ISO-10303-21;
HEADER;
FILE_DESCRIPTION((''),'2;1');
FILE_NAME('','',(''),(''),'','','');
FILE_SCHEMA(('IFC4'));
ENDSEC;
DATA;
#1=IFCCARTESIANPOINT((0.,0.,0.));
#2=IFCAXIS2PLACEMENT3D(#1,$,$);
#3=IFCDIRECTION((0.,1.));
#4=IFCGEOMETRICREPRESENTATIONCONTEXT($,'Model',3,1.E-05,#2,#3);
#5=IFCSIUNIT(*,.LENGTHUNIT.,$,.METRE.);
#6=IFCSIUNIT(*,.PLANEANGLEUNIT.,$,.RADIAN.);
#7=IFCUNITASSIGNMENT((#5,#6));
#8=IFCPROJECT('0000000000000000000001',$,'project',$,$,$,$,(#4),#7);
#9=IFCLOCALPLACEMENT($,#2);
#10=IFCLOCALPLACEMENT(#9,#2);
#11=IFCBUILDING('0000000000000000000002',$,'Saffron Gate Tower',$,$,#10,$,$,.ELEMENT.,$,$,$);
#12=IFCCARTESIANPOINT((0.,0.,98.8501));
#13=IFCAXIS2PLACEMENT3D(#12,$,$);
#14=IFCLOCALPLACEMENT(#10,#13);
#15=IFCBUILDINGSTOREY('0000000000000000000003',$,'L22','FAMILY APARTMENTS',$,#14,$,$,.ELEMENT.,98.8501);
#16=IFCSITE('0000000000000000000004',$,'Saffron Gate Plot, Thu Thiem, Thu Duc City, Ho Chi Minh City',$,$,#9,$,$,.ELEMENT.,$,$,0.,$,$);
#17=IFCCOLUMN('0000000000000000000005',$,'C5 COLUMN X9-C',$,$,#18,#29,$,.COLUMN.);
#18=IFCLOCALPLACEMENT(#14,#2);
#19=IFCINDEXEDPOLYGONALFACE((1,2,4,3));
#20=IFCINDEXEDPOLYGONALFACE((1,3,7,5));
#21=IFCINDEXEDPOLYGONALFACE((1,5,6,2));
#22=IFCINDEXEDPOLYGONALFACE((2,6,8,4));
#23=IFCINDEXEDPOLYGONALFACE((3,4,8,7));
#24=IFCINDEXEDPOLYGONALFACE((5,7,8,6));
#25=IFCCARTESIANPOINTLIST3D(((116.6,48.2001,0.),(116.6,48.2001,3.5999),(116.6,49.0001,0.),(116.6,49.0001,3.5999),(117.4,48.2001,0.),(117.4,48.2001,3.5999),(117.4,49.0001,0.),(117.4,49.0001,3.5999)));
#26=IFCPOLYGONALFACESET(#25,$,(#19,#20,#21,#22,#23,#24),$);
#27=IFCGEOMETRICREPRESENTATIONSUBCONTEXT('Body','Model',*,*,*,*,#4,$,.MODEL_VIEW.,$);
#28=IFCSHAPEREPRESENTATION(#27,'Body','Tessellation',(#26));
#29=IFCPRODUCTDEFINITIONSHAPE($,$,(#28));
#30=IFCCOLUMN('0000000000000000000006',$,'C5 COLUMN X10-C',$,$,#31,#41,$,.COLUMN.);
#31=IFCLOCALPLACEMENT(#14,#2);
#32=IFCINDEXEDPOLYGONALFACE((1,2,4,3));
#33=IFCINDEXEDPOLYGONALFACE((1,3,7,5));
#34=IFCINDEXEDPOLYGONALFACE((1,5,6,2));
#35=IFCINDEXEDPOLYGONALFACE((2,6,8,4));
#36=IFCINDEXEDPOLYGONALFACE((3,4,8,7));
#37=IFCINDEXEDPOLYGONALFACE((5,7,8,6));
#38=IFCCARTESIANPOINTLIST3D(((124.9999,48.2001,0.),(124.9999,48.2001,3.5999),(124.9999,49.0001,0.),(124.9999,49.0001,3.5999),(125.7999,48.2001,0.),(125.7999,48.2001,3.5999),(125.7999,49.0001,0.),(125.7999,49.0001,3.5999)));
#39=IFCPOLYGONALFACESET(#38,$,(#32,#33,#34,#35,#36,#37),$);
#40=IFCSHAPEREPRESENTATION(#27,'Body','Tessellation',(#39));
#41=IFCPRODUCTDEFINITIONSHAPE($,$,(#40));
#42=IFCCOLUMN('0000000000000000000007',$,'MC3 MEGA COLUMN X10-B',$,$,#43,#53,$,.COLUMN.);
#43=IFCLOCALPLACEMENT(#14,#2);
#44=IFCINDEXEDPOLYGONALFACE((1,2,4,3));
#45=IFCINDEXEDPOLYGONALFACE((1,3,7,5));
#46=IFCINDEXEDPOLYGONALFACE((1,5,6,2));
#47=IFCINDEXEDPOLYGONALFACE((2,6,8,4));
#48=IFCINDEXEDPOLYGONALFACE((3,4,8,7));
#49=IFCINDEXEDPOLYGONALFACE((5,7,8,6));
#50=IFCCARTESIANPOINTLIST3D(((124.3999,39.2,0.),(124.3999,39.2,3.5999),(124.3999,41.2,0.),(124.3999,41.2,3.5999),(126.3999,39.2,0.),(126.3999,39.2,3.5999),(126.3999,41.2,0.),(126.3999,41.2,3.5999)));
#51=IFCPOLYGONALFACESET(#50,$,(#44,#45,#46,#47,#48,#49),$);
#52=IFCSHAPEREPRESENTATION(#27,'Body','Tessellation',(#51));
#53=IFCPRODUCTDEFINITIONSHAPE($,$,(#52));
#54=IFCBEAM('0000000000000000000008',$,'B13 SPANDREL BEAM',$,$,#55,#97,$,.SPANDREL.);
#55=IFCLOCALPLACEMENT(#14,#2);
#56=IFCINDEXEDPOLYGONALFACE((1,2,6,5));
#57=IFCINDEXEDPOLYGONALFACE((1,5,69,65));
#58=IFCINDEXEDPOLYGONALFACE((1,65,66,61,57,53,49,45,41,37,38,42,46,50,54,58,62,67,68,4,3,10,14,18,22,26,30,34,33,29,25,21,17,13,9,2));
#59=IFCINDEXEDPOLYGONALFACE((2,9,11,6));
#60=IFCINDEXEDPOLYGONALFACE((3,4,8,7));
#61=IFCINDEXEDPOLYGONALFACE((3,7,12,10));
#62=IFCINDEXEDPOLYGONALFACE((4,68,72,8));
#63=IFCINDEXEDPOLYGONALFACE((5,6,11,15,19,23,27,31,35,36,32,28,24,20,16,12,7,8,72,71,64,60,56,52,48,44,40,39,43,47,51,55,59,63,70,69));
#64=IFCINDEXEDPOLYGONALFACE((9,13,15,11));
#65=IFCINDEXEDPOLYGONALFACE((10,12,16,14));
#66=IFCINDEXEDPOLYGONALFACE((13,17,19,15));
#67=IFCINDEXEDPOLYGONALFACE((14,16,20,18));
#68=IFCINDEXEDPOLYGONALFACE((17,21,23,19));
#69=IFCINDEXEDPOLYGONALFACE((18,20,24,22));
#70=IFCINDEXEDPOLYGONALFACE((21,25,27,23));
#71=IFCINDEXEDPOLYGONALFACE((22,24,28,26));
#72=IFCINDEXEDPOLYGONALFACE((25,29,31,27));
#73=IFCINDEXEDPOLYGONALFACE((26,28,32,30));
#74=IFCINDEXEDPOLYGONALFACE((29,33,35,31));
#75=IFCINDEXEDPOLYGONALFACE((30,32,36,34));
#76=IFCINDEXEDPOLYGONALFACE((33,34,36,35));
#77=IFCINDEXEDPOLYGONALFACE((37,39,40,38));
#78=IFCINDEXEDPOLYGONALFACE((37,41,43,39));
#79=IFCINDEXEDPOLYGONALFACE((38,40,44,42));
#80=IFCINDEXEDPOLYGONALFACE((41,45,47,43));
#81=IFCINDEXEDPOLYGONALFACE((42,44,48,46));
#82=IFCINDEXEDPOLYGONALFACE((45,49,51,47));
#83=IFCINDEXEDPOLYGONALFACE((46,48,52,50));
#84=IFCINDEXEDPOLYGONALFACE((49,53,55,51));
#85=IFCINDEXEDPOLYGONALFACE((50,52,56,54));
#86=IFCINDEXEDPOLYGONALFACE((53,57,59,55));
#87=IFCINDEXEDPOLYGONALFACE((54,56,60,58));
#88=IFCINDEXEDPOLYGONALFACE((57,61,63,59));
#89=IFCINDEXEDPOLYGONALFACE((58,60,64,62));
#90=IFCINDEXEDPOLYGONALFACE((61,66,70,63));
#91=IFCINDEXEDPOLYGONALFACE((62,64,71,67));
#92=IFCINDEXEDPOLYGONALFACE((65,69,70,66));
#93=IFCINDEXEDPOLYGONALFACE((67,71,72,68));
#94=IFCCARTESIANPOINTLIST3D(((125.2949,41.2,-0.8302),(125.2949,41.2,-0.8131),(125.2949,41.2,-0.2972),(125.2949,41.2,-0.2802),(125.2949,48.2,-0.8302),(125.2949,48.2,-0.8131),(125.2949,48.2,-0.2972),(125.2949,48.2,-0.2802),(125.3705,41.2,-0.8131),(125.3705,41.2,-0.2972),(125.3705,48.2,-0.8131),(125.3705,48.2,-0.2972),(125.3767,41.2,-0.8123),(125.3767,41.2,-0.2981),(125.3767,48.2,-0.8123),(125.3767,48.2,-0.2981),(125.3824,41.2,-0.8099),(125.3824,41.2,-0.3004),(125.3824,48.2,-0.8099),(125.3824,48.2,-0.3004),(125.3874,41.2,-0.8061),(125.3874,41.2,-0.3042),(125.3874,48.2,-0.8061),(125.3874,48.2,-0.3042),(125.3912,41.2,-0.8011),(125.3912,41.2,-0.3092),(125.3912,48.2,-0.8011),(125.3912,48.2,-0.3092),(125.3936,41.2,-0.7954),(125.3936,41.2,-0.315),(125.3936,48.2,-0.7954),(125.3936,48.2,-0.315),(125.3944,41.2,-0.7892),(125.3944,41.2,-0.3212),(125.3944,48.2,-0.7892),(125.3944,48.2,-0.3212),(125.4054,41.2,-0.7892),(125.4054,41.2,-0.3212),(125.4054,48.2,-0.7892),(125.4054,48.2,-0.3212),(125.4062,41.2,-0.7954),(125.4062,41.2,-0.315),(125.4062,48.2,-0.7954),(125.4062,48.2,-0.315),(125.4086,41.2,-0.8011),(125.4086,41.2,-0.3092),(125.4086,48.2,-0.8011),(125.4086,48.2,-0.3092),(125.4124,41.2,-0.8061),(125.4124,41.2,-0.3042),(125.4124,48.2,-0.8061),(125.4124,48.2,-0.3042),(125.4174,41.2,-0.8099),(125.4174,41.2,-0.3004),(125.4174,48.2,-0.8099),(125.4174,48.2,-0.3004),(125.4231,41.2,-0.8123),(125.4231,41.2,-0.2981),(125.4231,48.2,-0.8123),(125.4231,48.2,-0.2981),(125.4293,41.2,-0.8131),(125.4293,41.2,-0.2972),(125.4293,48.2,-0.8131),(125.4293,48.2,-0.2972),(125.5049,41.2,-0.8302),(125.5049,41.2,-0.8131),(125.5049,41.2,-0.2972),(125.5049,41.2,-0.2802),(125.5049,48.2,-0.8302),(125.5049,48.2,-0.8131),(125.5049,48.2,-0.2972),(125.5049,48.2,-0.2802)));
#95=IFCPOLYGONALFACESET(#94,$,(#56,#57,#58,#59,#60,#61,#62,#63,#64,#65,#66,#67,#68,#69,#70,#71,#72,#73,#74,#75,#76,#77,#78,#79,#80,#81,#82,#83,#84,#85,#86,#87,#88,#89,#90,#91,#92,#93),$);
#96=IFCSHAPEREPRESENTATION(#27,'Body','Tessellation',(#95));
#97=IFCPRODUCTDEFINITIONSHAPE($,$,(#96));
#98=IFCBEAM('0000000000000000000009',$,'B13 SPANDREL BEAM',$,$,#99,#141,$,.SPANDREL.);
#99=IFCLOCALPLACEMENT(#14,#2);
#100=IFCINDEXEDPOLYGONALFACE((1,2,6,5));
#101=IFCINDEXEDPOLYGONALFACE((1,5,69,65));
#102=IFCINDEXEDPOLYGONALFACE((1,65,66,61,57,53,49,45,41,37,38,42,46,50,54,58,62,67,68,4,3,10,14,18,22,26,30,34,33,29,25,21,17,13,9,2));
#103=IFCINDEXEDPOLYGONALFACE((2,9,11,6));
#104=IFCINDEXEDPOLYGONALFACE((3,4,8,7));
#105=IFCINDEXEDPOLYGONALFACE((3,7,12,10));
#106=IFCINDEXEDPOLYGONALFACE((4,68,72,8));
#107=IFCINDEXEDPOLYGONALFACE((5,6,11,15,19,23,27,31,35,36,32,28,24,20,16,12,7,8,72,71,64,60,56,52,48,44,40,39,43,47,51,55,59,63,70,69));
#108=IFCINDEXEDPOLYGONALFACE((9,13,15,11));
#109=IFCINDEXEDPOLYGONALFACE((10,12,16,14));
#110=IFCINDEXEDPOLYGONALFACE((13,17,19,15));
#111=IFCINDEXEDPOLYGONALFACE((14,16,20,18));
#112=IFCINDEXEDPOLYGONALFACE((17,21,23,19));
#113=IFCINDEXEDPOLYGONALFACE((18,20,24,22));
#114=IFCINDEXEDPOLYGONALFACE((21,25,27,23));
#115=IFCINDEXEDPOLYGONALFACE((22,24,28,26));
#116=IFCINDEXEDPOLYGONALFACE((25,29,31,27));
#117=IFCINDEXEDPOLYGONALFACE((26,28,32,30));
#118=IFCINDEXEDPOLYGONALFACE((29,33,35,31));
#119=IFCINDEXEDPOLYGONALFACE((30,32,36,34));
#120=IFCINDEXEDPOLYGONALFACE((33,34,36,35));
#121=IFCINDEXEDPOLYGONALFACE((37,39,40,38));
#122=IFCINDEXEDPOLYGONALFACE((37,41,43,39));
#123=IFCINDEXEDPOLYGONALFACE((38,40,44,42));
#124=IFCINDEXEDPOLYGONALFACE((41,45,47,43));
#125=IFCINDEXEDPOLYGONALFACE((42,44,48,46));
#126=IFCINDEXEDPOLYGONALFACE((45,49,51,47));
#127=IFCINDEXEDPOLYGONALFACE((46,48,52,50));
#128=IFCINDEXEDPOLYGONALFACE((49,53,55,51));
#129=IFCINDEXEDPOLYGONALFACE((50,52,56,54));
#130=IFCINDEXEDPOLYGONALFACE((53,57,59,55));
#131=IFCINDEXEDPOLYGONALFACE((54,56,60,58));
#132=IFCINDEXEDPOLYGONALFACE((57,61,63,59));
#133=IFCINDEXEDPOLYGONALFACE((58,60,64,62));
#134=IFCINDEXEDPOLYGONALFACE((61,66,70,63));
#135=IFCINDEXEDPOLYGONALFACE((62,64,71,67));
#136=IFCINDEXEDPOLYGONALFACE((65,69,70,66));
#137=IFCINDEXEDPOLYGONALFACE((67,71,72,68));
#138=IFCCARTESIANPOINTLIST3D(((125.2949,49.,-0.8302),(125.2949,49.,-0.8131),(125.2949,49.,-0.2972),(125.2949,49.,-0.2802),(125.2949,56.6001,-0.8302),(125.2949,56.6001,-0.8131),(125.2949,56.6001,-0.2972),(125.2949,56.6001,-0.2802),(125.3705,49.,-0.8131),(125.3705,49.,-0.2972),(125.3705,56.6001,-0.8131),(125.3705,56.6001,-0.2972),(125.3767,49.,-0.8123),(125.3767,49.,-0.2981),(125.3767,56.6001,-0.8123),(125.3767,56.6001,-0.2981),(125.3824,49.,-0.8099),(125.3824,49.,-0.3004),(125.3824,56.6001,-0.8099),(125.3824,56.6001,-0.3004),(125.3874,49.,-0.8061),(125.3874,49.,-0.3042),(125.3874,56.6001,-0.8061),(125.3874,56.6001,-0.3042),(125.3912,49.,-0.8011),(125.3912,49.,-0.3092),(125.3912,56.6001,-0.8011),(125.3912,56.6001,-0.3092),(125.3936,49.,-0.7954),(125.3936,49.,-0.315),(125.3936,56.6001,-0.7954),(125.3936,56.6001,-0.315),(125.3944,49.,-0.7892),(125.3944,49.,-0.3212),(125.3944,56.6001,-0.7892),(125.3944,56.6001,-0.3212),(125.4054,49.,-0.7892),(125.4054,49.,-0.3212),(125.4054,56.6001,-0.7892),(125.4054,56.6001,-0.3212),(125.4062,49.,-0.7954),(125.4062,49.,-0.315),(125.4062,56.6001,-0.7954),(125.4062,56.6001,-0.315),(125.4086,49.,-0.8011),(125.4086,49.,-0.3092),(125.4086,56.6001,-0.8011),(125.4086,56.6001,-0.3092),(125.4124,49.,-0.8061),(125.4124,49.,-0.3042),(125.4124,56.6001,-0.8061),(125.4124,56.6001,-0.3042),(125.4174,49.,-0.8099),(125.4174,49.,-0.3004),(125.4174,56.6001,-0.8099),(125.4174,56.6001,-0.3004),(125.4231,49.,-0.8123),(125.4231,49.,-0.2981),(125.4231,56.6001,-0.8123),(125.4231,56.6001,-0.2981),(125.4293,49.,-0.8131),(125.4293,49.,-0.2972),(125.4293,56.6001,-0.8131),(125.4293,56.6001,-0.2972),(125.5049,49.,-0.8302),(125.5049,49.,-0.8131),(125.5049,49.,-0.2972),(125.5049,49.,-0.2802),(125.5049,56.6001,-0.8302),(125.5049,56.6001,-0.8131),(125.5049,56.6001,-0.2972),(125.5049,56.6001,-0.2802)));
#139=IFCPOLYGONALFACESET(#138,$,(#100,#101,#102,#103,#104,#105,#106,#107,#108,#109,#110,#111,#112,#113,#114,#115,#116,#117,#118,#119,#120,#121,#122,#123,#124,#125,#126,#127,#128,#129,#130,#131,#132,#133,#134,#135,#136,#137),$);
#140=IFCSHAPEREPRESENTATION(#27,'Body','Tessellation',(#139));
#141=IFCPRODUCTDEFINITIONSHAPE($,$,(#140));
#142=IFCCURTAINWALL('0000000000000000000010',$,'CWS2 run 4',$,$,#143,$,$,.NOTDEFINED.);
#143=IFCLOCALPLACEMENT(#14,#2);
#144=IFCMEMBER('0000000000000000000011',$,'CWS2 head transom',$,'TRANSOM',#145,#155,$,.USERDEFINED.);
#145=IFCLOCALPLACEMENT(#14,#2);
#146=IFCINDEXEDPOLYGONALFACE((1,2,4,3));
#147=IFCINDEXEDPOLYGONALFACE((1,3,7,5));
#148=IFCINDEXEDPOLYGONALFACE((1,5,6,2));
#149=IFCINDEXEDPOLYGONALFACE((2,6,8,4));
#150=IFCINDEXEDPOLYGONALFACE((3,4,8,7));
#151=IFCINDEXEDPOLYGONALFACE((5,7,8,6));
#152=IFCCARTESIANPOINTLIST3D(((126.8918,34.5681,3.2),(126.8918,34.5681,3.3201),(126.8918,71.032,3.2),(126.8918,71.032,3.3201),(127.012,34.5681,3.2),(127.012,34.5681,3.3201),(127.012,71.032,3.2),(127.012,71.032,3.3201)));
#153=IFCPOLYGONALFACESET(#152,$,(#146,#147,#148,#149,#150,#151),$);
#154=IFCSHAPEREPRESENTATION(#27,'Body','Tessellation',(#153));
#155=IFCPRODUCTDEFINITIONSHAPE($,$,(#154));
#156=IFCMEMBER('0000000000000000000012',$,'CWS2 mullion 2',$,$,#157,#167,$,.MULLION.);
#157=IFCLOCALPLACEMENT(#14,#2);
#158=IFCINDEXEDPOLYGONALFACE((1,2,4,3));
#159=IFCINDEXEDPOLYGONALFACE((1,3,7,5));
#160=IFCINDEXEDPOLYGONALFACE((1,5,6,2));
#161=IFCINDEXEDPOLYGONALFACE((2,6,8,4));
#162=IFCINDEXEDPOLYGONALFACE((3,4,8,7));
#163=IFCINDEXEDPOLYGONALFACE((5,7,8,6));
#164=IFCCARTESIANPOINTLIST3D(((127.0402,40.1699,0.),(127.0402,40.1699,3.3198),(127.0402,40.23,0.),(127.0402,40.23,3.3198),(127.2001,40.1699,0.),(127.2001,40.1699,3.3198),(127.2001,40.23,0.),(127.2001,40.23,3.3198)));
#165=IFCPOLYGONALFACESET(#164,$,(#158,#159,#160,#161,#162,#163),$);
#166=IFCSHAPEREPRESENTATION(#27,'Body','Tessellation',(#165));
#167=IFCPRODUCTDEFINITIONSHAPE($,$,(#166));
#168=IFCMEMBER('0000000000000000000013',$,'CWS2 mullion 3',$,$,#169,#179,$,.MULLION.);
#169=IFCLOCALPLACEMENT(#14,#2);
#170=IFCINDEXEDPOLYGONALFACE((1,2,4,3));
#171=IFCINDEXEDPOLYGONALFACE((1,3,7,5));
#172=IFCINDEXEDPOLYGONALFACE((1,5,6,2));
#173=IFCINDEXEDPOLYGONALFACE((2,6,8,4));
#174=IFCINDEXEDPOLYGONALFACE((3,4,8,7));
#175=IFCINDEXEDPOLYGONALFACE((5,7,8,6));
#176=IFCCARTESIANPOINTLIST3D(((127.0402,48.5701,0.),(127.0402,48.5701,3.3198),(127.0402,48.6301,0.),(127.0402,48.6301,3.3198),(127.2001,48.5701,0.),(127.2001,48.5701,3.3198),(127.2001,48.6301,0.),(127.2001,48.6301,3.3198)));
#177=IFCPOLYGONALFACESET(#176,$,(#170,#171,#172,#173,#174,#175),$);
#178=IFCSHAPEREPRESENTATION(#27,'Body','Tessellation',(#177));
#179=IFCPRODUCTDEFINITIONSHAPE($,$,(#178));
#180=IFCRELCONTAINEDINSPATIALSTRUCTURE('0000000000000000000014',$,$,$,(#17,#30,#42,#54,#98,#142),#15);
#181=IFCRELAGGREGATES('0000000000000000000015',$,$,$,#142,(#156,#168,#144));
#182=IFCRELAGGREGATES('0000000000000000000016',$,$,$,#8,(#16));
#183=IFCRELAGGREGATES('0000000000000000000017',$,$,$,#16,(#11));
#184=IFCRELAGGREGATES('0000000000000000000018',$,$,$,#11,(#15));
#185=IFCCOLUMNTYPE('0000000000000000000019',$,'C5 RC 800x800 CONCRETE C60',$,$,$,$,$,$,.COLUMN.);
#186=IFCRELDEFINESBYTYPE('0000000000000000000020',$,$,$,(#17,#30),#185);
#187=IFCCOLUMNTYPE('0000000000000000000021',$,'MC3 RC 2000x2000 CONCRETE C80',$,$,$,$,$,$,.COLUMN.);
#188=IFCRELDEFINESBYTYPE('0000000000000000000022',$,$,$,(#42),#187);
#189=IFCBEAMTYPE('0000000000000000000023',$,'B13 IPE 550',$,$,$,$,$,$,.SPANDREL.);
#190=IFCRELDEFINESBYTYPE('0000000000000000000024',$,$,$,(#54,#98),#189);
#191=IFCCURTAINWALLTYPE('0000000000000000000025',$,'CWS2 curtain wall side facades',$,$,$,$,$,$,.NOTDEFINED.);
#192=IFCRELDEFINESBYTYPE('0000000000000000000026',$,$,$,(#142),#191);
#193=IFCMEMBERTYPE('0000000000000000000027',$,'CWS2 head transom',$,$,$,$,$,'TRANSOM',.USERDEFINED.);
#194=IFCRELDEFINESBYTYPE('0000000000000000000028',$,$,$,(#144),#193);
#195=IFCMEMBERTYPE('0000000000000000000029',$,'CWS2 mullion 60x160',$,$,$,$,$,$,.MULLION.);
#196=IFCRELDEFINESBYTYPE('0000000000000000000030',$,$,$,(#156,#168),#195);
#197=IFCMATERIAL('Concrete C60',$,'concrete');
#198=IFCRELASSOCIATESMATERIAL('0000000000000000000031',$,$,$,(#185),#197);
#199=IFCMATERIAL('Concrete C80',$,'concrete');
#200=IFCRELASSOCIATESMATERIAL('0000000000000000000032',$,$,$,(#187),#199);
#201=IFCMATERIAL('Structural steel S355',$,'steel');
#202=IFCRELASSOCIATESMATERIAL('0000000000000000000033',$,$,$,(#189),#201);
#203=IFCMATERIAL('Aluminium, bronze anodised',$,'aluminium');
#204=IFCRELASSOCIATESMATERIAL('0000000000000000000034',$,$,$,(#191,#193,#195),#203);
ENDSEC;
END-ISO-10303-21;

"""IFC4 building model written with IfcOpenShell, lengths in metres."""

from ifc_helpers import new_model, si_unit, direction, frame, origin, origin_2d, place, context, subcontext, project, spatial, rectangle, i_section, extrude, material, material_profile, profile_set, type_object, element, aggregate, save


model = new_model("IFC4")

# Units and contexts
model_context = context("Model", 3, precision=1e-05, world=origin(), true_north=direction((0.0, 1.0)))
body_context = subcontext(model_context, "Body", "Model", "MODEL_VIEW")
ifc_project = project(units=[si_unit("LENGTHUNIT", "METRE"), si_unit("PLANEANGLEUNIT", "RADIAN")], contexts=[model_context])

# Site, building, storey
site_placement = place(None, origin())
site = spatial("IfcSite", under=ifc_project, at=site_placement, Name="Saffron Gate Plot, Thu Thiem, Thu Duc City, Ho Chi Minh City", CompositionType="ELEMENT", RefElevation=0.0)
building_placement = place(site_placement, origin())
building = spatial("IfcBuilding", under=site, at=building_placement, Name="Saffron Gate Tower", CompositionType="ELEMENT")
storey_placement = place(building_placement, frame((0.0, 0.0, 98.8501)))
storey = spatial("IfcBuildingStorey", under=building, at=storey_placement, Name="L22", Description="FAMILY APARTMENTS", CompositionType="ELEMENT", Elevation=98.8501)

# Columns
ifc_material_1 = material(Name="Concrete C60", Category="concrete")
ifc_material_profile_1 = material_profile(ifc_material_1, rectangle(XDim=0.8, YDim=0.8, at=origin_2d()))
ifc_profile_set_1 = profile_set([ifc_material_profile_1], Name="Concrete C60")
column_type_1 = type_object("IfcColumnType", Name="C5 RC 800x800 CONCRETE C60", PredefinedType="COLUMN", material=ifc_profile_set_1)
for number, where, z_axis, x_axis, name in (
    (1, (117.0, 48.6001, 0.0), (0.0, 0.0, 1.0), (1.0, 0.0, 0.0), "C5 COLUMN X9-C"),
    (2, (125.3999, 48.6001, 0.0), (0.0, 0.0, 1.0), (1.0, 0.0, 0.0), "C5 COLUMN X10-C"),
):
    element("IfcColumn", number, at=place(storey_placement, frame(where, z_axis=z_axis, x_axis=x_axis)), inside=storey, type_object=column_type_1, Name=name, PredefinedType="COLUMN", context=body_context, shape_type="SweptSolid", body=[
        extrude(rectangle(XDim=0.8, YDim=0.8, at=origin_2d()), origin(), (0.0, 0.0, 1.0), 3.5999),
    ])
ifc_material_2 = material(Name="Concrete C80", Category="concrete")
ifc_material_profile_2 = material_profile(ifc_material_2, rectangle(XDim=2.0, YDim=2.0, at=origin_2d()))
ifc_profile_set_2 = profile_set([ifc_material_profile_2], Name="Concrete C80")
column_type_2 = type_object("IfcColumnType", Name="MC3 RC 2000x2000 CONCRETE C80", PredefinedType="COLUMN", material=ifc_profile_set_2)
column_placement = place(storey_placement, frame((125.3999, 40.2, 0.0), z_axis=(0.0, 0.0, 1.0), x_axis=(1.0, 0.0, 0.0)))
element("IfcColumn", 3, at=column_placement, inside=storey, type_object=column_type_2, Name="MC3 MEGA COLUMN X10-B", PredefinedType="COLUMN", context=body_context, shape_type="SweptSolid", body=[
    extrude(rectangle(XDim=2.0, YDim=2.0, at=origin_2d()), origin(), (0.0, 0.0, 1.0), 3.5999),
])

# Beams
ifc_material_3 = material(Name="Structural steel S355", Category="steel")
ifc_material_profile_3 = material_profile(ifc_material_3, i_section(OverallWidth=0.21, OverallDepth=0.55, WebThickness=0.011, FlangeThickness=0.0171, FilletRadius=0.0239, at=origin_2d()))
ifc_profile_set_3 = profile_set([ifc_material_profile_3], Name="Structural steel S355")
beam_type = type_object("IfcBeamType", Name="B13 IPE 550", PredefinedType="SPANDREL", material=ifc_profile_set_3)
beam_1_placement = place(storey_placement, frame((125.3999, 41.2, -0.5552), z_axis=(0.0, 1.0, 0.0), x_axis=(-1.0, 0.0, 0.0)))
element("IfcBeam", 4, at=beam_1_placement, inside=storey, type_object=beam_type, Name="B13 SPANDREL BEAM", PredefinedType="SPANDREL", context=body_context, shape_type="SweptSolid", body=[
    extrude(i_section(OverallWidth=0.21, OverallDepth=0.55, WebThickness=0.011, FlangeThickness=0.0171, FilletRadius=0.0239, at=origin_2d()), origin(), (0.0, 0.0, 1.0), 7.0),
])
beam_2_placement = place(storey_placement, frame((125.3999, 49.0, -0.5552), z_axis=(0.0, 1.0, 0.0), x_axis=(-1.0, 0.0, 0.0)))
element("IfcBeam", 5, at=beam_2_placement, inside=storey, type_object=beam_type, Name="B13 SPANDREL BEAM", PredefinedType="SPANDREL", context=body_context, shape_type="SweptSolid", body=[
    extrude(i_section(OverallWidth=0.21, OverallDepth=0.55, WebThickness=0.011, FlangeThickness=0.0171, FilletRadius=0.0239, at=origin_2d()), origin(), (0.0, 0.0, 1.0), 7.6001),
])

# Curtain wall, members
ifc_material_4 = material(Name="Aluminium, bronze anodised", Category="aluminium")
curtain_wall_type = type_object("IfcCurtainWallType", Name="CWS2 curtain wall side facades", PredefinedType="NOTDEFINED", material=ifc_material_4)
curtain_wall_placement = place(storey_placement, origin())
curtain_wall = element("IfcCurtainWall", 6, at=curtain_wall_placement, inside=storey, type_object=curtain_wall_type, Name="CWS2 run 4", PredefinedType="NOTDEFINED")
ifc_material_profile_4 = material_profile(ifc_material_4, rectangle(XDim=0.1201, YDim=0.1201, at=origin_2d()))
ifc_profile_set_4 = profile_set([ifc_material_profile_4], Name="Aluminium, bronze anodised")
member_type_1 = type_object("IfcMemberType", Name="CWS2 head transom", ElementType="TRANSOM", PredefinedType="USERDEFINED", material=ifc_profile_set_4)
member_1_placement = place(storey_placement, frame((126.9519, 34.5681, 3.26), z_axis=(0.0, 1.0, 0.0), x_axis=(-1.0, 0.0, 0.0)))
member_1 = element("IfcMember", 7, at=member_1_placement, type_object=member_type_1, Name="CWS2 head transom", ObjectType="TRANSOM", PredefinedType="USERDEFINED", context=body_context, shape_type="SweptSolid", body=[
    extrude(rectangle(XDim=0.1201, YDim=0.1201, at=origin_2d()), origin(), (0.0, 0.0, 1.0), 36.4639),
])
ifc_material_profile_5 = material_profile(ifc_material_4, rectangle(XDim=0.1599, YDim=0.0601, at=origin_2d()))
ifc_profile_set_5 = profile_set([ifc_material_profile_5], Name="Aluminium, bronze anodised")
member_type_2 = type_object("IfcMemberType", Name="CWS2 mullion 60x160", PredefinedType="MULLION", material=ifc_profile_set_5)
member_2_placement = place(storey_placement, frame((127.1201, 40.2, 0.0), z_axis=(0.0, 0.0, 1.0), x_axis=(-1.0, 0.0, 0.0)))
member_2 = element("IfcMember", 8, at=member_2_placement, type_object=member_type_2, Name="CWS2 mullion 2", PredefinedType="MULLION", context=body_context, shape_type="SweptSolid", body=[
    extrude(rectangle(XDim=0.1599, YDim=0.0601, at=origin_2d()), origin(), (0.0, 0.0, 1.0), 3.3198),
])
member_3_placement = place(storey_placement, frame((127.1201, 48.6001, 0.0), z_axis=(0.0, 0.0, 1.0), x_axis=(-1.0, 0.0, 0.0)))
member_3 = element("IfcMember", 9, at=member_3_placement, type_object=member_type_2, Name="CWS2 mullion 3", PredefinedType="MULLION", context=body_context, shape_type="SweptSolid", body=[
    extrude(rectangle(XDim=0.1599, YDim=0.0601, at=origin_2d()), origin(), (0.0, 0.0, 1.0), 3.3198),
])
aggregate(curtain_wall, [member_2, member_3, member_1])

save(model, "model.ifc")
